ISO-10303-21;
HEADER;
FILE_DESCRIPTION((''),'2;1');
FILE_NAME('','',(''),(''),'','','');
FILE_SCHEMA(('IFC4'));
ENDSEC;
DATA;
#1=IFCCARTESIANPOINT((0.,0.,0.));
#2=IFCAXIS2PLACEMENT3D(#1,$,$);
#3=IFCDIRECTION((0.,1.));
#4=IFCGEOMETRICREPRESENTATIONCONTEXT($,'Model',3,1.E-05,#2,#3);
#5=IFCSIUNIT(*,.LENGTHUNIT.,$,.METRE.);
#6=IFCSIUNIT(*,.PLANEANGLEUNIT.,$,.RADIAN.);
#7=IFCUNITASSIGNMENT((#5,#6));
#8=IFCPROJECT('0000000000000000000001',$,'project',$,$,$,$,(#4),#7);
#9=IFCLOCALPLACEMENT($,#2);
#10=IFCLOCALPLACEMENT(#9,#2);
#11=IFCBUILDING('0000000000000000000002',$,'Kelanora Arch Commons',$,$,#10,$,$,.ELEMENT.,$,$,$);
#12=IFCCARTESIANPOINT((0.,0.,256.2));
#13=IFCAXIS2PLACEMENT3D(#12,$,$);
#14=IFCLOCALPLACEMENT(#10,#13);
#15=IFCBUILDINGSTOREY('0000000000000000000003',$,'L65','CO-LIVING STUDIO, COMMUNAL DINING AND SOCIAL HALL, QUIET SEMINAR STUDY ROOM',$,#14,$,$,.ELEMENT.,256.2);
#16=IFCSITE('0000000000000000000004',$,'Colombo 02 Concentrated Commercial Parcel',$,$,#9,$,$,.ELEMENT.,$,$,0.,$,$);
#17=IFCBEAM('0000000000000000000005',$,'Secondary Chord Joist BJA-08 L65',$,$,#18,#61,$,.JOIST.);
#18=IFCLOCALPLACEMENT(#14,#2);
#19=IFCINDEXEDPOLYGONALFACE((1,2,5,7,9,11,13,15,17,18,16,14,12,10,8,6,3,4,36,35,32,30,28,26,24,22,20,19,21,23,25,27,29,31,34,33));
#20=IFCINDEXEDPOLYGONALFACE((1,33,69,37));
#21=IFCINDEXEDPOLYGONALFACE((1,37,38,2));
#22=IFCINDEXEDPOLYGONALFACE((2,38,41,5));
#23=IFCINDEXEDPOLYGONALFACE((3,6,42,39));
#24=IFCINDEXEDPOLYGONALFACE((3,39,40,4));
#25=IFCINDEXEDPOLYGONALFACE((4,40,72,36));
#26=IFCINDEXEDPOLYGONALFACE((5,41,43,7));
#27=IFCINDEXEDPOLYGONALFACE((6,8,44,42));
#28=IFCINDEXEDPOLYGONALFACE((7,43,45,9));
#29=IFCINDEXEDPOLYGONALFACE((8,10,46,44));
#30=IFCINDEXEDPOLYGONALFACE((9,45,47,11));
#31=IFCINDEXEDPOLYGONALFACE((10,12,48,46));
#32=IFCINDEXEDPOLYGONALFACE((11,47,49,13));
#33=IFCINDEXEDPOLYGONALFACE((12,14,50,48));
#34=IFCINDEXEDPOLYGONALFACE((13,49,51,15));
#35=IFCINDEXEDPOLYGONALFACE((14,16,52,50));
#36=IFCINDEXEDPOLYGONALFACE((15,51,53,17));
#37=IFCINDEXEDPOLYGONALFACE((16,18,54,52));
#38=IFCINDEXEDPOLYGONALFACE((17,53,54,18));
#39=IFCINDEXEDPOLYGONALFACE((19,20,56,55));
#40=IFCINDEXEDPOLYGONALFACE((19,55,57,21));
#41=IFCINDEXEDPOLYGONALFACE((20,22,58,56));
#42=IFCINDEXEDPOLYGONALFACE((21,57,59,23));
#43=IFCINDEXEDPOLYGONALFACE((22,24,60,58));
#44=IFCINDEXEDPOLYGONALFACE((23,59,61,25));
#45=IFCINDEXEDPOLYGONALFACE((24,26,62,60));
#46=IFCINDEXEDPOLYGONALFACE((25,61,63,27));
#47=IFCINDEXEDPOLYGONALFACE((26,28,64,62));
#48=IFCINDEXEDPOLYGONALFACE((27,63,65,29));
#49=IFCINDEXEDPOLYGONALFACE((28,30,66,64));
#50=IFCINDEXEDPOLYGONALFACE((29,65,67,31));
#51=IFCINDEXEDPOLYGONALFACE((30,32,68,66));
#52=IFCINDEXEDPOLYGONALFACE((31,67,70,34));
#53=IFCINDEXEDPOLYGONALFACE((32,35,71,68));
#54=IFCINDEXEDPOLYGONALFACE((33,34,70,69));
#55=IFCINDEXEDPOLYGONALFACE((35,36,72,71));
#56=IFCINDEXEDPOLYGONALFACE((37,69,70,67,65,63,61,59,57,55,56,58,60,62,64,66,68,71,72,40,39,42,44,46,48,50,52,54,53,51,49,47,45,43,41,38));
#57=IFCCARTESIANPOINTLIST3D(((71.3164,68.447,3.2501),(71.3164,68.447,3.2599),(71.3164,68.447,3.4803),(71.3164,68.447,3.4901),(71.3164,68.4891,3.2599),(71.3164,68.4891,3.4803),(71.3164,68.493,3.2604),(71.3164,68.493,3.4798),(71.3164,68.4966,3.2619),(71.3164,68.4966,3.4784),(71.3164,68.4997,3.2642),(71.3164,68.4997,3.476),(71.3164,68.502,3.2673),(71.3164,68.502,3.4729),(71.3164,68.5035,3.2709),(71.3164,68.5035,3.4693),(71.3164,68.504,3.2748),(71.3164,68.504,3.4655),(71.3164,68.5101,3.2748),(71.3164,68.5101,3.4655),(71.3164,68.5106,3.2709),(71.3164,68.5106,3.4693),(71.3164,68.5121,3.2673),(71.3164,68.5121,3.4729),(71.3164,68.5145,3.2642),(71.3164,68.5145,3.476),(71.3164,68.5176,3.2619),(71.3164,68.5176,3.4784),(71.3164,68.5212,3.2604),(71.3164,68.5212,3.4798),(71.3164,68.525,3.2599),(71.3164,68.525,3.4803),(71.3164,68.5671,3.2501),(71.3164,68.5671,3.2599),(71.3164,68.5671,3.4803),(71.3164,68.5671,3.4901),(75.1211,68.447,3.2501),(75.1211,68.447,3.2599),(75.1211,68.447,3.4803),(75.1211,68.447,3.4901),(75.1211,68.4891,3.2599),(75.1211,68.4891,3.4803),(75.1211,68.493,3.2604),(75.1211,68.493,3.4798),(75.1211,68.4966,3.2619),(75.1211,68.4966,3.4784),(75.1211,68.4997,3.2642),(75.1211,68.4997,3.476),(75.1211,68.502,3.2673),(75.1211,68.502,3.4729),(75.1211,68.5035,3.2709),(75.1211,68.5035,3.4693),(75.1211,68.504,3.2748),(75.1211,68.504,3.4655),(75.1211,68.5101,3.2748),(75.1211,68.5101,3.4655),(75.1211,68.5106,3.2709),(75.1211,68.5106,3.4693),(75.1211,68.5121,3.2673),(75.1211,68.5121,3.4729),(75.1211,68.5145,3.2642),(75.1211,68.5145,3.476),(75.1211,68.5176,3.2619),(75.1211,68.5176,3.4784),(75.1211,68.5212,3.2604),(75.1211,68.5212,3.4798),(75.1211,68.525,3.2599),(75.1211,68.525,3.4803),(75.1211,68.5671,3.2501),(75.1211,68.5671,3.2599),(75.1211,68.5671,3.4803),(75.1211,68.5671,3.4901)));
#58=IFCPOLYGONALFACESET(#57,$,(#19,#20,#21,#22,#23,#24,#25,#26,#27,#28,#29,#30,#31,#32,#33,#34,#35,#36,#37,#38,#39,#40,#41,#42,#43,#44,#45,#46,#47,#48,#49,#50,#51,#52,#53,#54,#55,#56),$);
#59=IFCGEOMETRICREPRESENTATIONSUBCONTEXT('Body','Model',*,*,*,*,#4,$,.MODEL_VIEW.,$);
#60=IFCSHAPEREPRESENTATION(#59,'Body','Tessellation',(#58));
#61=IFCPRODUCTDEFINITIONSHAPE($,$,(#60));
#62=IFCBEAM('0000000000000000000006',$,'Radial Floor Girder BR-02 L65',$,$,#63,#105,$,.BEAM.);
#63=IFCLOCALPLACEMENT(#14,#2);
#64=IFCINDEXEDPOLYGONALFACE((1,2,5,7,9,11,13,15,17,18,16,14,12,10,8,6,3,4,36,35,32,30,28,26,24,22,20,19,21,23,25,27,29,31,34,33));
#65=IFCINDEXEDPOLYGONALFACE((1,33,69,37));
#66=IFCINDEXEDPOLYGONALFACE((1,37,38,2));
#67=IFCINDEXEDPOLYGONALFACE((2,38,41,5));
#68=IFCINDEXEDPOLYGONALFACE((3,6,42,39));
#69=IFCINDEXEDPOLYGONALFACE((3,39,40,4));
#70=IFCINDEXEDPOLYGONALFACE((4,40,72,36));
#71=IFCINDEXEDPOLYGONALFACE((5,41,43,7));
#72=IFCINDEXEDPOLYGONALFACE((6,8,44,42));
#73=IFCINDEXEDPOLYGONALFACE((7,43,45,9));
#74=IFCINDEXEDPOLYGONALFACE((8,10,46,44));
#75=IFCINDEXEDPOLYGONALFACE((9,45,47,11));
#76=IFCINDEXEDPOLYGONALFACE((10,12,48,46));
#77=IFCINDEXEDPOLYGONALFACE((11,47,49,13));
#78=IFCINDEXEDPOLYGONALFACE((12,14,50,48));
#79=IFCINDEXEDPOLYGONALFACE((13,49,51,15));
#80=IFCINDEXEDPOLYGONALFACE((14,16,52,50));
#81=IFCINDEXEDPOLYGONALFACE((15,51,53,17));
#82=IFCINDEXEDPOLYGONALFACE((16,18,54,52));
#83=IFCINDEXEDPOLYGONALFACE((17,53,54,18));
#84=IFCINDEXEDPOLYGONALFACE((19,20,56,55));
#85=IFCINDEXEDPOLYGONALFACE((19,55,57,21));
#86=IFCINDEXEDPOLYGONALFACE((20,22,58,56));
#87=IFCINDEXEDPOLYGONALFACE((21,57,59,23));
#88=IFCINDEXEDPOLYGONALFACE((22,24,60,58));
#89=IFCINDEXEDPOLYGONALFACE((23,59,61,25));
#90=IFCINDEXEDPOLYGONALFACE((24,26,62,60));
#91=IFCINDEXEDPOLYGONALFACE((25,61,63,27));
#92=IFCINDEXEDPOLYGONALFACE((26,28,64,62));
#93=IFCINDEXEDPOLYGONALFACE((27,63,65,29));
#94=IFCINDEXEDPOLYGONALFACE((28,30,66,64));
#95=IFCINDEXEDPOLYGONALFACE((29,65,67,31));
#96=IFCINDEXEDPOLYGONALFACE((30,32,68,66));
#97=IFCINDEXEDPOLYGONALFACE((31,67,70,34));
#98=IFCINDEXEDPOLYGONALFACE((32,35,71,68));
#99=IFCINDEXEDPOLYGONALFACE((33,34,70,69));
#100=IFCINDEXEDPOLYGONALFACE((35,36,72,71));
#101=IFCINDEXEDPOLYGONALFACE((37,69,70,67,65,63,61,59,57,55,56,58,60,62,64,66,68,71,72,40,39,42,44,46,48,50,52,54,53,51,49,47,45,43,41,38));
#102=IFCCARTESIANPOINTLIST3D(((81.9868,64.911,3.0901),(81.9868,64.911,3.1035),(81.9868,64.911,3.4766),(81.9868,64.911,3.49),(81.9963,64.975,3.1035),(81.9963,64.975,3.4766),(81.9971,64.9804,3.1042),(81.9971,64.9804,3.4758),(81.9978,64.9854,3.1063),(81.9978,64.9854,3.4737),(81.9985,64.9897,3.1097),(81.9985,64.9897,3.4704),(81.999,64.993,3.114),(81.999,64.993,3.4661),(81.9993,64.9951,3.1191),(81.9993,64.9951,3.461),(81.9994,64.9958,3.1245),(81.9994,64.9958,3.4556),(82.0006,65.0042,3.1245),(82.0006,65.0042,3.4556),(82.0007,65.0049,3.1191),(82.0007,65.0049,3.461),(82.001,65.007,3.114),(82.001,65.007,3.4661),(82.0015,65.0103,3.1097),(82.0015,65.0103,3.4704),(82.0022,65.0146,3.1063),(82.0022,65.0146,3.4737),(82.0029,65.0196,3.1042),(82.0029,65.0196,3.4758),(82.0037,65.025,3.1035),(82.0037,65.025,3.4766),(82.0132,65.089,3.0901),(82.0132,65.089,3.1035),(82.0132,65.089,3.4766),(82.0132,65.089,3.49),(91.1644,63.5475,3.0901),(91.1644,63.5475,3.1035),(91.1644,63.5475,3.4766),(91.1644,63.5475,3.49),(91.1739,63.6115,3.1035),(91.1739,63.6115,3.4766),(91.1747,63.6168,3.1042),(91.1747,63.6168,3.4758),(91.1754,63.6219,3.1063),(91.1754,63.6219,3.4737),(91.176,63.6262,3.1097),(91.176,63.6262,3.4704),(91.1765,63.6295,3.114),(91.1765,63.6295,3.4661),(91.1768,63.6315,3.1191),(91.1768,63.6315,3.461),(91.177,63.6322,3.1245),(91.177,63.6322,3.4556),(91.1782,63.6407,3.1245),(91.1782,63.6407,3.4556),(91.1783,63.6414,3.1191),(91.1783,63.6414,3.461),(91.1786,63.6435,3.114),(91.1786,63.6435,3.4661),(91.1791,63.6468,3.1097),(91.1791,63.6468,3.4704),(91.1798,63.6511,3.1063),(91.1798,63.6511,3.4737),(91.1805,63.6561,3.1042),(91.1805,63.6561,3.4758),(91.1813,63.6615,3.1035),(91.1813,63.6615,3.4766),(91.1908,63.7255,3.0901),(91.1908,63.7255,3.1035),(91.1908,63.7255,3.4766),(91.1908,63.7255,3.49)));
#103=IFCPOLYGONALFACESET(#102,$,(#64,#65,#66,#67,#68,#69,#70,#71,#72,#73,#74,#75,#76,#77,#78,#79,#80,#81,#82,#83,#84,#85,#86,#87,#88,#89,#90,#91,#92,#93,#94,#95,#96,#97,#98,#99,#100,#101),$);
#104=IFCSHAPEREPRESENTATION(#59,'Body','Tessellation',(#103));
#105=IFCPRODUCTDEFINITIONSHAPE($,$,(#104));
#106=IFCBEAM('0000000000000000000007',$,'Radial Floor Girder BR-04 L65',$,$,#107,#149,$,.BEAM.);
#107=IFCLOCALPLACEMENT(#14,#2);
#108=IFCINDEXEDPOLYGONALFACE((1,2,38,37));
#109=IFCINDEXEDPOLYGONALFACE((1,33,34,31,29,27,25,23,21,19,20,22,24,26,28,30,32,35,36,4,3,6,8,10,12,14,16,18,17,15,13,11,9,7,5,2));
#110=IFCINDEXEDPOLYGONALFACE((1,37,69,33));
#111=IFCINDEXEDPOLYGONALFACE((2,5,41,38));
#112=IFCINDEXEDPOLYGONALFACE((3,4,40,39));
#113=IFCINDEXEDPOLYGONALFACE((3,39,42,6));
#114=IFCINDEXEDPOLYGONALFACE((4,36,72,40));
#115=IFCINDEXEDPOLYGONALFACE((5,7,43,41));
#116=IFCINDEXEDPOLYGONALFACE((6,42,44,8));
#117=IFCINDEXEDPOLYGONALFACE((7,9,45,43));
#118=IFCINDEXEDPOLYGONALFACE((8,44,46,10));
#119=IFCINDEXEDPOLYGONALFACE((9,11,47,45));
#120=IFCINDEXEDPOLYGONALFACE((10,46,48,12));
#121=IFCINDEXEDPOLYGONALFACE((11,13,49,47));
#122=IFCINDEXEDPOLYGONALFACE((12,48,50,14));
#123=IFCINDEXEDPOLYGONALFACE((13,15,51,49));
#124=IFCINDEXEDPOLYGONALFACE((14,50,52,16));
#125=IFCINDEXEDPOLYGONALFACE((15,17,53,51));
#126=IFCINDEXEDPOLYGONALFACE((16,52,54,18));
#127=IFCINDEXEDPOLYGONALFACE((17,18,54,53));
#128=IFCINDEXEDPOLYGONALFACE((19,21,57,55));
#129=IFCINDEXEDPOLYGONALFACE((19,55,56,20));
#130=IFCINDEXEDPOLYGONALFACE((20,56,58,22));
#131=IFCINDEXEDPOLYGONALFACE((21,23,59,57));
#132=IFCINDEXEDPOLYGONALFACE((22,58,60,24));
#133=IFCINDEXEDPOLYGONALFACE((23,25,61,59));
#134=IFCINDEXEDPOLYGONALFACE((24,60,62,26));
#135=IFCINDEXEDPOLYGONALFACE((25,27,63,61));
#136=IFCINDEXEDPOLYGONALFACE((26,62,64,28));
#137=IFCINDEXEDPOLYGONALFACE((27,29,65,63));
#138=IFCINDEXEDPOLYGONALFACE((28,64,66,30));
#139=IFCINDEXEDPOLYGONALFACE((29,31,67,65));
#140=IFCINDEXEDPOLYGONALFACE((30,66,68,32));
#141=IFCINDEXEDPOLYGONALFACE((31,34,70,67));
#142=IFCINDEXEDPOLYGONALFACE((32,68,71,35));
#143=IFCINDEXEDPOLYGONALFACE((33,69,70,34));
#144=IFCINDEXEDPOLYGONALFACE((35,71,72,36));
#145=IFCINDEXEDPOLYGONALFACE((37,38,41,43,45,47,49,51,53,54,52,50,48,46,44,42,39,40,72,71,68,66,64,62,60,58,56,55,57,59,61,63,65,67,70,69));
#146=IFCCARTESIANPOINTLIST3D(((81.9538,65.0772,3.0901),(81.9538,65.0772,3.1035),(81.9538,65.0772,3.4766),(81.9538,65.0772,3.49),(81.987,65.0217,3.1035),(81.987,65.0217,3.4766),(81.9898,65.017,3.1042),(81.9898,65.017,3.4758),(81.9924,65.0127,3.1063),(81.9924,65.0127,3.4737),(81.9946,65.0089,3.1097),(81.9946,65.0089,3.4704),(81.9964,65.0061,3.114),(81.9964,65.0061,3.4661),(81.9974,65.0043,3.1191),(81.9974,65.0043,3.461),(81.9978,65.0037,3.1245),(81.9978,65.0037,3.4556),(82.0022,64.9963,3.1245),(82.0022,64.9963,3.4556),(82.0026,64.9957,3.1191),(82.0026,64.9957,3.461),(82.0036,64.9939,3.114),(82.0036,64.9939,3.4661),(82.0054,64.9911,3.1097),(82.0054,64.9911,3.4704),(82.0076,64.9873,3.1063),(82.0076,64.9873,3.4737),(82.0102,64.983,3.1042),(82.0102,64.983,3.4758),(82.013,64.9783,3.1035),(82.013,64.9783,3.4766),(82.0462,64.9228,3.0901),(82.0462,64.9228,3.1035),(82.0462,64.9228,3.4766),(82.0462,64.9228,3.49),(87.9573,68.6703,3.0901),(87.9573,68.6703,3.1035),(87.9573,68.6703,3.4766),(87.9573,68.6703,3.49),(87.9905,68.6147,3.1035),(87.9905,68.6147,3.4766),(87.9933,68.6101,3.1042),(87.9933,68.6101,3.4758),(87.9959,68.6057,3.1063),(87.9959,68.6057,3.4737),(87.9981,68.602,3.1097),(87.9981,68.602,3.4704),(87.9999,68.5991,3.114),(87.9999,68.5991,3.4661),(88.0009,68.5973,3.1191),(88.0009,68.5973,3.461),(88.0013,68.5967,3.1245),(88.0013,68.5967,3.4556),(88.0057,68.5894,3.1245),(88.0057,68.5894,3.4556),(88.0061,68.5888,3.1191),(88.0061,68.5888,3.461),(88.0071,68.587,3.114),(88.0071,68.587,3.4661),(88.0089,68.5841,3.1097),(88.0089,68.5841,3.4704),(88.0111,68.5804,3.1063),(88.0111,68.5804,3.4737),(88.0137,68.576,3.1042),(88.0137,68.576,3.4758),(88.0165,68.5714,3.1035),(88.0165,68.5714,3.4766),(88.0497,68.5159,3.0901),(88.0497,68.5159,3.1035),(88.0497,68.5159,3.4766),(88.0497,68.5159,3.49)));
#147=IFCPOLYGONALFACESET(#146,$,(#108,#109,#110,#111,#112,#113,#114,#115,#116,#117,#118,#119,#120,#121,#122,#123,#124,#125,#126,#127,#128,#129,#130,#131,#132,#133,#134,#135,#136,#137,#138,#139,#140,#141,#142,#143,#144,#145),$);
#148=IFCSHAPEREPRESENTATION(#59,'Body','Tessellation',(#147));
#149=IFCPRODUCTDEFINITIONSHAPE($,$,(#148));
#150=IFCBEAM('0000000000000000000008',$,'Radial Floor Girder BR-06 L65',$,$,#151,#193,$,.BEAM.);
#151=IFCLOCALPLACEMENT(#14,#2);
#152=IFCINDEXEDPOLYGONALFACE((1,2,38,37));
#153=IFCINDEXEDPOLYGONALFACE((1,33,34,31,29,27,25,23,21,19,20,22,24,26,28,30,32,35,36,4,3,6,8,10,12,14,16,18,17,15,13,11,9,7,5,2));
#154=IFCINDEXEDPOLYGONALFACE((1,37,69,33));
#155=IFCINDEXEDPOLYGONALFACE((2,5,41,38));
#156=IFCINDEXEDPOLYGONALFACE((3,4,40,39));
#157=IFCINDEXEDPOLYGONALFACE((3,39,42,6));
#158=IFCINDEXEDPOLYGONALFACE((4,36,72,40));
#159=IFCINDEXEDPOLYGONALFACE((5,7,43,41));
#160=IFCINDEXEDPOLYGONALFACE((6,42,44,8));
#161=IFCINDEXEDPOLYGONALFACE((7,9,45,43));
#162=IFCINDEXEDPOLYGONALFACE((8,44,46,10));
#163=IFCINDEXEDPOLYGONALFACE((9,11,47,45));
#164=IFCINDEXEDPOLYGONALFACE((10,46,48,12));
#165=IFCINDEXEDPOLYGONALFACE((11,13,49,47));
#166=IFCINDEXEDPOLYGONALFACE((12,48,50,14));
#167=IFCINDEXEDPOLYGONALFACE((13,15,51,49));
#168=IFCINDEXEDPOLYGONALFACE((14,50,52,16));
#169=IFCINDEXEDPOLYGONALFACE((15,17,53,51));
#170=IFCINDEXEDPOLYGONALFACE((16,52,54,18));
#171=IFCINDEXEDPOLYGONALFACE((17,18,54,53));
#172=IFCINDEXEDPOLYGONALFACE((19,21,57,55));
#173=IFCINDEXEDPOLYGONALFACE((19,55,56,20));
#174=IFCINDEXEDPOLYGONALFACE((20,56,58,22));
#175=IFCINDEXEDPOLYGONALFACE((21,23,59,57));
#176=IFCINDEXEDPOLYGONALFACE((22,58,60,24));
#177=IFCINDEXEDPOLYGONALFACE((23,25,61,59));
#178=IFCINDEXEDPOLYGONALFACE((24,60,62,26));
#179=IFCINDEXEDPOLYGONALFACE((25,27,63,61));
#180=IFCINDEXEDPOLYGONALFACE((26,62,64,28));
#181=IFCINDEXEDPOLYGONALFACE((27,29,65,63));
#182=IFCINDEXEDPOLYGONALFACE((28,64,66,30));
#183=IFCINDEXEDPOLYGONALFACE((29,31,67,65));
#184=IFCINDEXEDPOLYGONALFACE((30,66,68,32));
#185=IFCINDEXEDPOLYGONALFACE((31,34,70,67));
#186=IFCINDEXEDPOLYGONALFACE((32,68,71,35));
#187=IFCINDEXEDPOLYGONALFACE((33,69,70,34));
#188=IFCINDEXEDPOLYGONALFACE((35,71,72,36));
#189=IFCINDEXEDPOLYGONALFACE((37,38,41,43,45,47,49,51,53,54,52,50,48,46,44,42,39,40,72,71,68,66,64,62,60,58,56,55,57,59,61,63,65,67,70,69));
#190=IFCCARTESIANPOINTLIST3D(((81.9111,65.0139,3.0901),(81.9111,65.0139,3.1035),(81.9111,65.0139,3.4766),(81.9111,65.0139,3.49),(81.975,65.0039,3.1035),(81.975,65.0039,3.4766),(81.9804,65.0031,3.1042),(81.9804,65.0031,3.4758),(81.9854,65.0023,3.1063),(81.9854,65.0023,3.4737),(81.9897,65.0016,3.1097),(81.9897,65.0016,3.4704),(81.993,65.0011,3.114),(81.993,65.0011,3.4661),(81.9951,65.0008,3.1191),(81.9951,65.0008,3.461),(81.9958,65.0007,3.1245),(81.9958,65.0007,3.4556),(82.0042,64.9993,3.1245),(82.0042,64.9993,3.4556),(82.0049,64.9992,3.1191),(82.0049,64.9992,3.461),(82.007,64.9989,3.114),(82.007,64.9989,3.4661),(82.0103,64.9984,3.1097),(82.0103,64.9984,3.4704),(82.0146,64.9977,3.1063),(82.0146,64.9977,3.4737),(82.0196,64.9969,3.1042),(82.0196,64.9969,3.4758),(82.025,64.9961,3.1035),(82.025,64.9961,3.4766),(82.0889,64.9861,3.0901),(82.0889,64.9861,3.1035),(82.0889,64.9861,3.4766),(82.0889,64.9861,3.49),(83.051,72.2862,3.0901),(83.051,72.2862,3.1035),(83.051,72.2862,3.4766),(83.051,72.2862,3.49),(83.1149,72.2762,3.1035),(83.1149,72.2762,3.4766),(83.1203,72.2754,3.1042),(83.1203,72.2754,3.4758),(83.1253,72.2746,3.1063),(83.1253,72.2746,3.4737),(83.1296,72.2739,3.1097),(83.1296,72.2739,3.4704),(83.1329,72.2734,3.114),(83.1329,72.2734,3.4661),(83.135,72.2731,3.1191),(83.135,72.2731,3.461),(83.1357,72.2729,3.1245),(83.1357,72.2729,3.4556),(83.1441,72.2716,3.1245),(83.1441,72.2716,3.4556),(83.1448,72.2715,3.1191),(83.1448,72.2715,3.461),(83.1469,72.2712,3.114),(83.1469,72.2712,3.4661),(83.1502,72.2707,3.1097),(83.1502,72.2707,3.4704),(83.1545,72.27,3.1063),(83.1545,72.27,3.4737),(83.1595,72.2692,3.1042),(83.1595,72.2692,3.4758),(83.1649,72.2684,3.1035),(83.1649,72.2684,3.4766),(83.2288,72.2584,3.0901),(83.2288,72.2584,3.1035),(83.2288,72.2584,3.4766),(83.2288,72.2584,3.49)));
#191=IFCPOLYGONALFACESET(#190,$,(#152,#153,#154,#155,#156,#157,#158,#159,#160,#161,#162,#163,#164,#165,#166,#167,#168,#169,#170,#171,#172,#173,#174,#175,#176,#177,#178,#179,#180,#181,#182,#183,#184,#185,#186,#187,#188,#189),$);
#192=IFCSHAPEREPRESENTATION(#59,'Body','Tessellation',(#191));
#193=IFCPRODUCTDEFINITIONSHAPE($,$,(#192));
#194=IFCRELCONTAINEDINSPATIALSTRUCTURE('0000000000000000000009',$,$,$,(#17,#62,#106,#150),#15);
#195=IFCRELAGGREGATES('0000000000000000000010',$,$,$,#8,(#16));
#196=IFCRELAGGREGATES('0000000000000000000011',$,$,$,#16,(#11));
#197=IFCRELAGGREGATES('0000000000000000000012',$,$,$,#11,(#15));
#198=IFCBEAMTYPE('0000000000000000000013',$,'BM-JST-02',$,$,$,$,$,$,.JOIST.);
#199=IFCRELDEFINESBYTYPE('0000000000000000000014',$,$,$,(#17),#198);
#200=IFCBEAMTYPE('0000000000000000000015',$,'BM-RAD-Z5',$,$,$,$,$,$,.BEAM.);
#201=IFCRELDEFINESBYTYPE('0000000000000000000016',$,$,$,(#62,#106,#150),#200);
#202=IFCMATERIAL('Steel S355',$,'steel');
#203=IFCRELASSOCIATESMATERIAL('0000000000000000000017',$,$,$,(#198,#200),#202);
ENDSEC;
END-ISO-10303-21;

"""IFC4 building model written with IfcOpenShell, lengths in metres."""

from ifc_helpers import new_model, si_unit, direction, frame, origin, origin_2d, place, context, subcontext, project, spatial, i_section, extrude, material, material_profile, profile_set, type_object, element, save


model = new_model("IFC4")

# Units and contexts
model_context = context("Model", 3, precision=1e-05, world=origin(), true_north=direction((0.0, 1.0)))
body_context = subcontext(model_context, "Body", "Model", "MODEL_VIEW")
ifc_project = project(units=[si_unit("LENGTHUNIT", "METRE"), si_unit("PLANEANGLEUNIT", "RADIAN")], contexts=[model_context])

# Site, building, storey
site_placement = place(None, origin())
site = spatial("IfcSite", under=ifc_project, at=site_placement, Name="Colombo 02 Concentrated Commercial Parcel", CompositionType="ELEMENT", RefElevation=0.0)
building_placement = place(site_placement, origin())
building = spatial("IfcBuilding", under=site, at=building_placement, Name="Kelanora Arch Commons", CompositionType="ELEMENT")
storey_placement = place(building_placement, frame((0.0, 0.0, 256.2)))
storey = spatial("IfcBuildingStorey", under=building, at=storey_placement, Name="L65", Description="CO-LIVING STUDIO, COMMUNAL DINING AND SOCIAL HALL, QUIET SEMINAR STUDY ROOM", CompositionType="ELEMENT", Elevation=256.2)

# Beams
ifc_material_1 = material(Name="Steel S355", Category="steel")
ifc_material_profile_1 = material_profile(ifc_material_1, i_section(OverallWidth=0.1201, OverallDepth=0.24, WebThickness=0.0061, FlangeThickness=0.0098, FilletRadius=0.0149, at=origin_2d()), Name="IPE240")
ifc_profile_set_1 = profile_set([ifc_material_profile_1], Name="Steel S355")
beam_type_1 = type_object("IfcBeamType", Name="BM-JST-02", PredefinedType="JOIST", material=ifc_profile_set_1)
beam_1_placement = place(storey_placement, frame((75.1211, 68.5071, 3.3701), z_axis=(-1.0, 0.0, 0.0), x_axis=(0.0, -1.0, 0.0)))
element("IfcBeam", 1, at=beam_1_placement, inside=storey, type_object=beam_type_1, Name="Secondary Chord Joist BJA-08 L65", PredefinedType="JOIST", context=body_context, shape_type="SweptSolid", body=[
    extrude(i_section(OverallWidth=0.1201, OverallDepth=0.24, WebThickness=0.0061, FlangeThickness=0.0098, FilletRadius=0.0149, at=origin_2d()), origin(), (0.0, 0.0, 1.0), 3.8047),
])
ifc_material_profile_2 = material_profile(ifc_material_1, i_section(OverallWidth=0.1799, OverallDepth=0.3999, WebThickness=0.0085, FlangeThickness=0.0134, FilletRadius=0.021, at=origin_2d()), Name="IPE400")
ifc_profile_set_2 = profile_set([ifc_material_profile_2], Name="Steel S355")
beam_type_2 = type_object("IfcBeamType", Name="BM-RAD-Z5", PredefinedType="BEAM", material=ifc_profile_set_2)
beam_2_placement = place(storey_placement, frame((82.0, 65.0, 3.29), z_axis=(0.989142, -0.14696, 0.0), x_axis=(0.14696, 0.989142, 0.0)))
element("IfcBeam", 2, at=beam_2_placement, inside=storey, type_object=beam_type_2, Name="Radial Floor Girder BR-02 L65", PredefinedType="BEAM", context=body_context, shape_type="SweptSolid", body=[
    extrude(i_section(OverallWidth=0.1799, OverallDepth=0.3999, WebThickness=0.0085, FlangeThickness=0.0134, FilletRadius=0.021, at=origin_2d()), origin(), (0.0, 0.0, 1.0), 9.2783),
])
beam_3_placement = place(storey_placement, frame((82.0, 65.0, 3.29), z_axis=(0.858062, 0.513546, 0.0), x_axis=(-0.513546, 0.858062, 0.0)))
element("IfcBeam", 3, at=beam_3_placement, inside=storey, type_object=beam_type_2, Name="Radial Floor Girder BR-04 L65", PredefinedType="BEAM", context=body_context, shape_type="SweptSolid", body=[
    extrude(i_section(OverallWidth=0.1799, OverallDepth=0.3999, WebThickness=0.0085, FlangeThickness=0.0134, FilletRadius=0.021, at=origin_2d()), origin(), (0.0, 0.0, 1.0), 6.9966),
])
beam_4_placement = place(storey_placement, frame((82.0, 65.0, 3.29), z_axis=(0.154855, 0.987937, 0.0), x_axis=(-0.987937, 0.154855, 0.0)))
element("IfcBeam", 4, at=beam_4_placement, inside=storey, type_object=beam_type_2, Name="Radial Floor Girder BR-06 L65", PredefinedType="BEAM", context=body_context, shape_type="SweptSolid", body=[
    extrude(i_section(OverallWidth=0.1799, OverallDepth=0.3999, WebThickness=0.0085, FlangeThickness=0.0134, FilletRadius=0.021, at=origin_2d()), origin(), (0.0, 0.0, 1.0), 7.3611),
])

save(model, "model.ifc")
